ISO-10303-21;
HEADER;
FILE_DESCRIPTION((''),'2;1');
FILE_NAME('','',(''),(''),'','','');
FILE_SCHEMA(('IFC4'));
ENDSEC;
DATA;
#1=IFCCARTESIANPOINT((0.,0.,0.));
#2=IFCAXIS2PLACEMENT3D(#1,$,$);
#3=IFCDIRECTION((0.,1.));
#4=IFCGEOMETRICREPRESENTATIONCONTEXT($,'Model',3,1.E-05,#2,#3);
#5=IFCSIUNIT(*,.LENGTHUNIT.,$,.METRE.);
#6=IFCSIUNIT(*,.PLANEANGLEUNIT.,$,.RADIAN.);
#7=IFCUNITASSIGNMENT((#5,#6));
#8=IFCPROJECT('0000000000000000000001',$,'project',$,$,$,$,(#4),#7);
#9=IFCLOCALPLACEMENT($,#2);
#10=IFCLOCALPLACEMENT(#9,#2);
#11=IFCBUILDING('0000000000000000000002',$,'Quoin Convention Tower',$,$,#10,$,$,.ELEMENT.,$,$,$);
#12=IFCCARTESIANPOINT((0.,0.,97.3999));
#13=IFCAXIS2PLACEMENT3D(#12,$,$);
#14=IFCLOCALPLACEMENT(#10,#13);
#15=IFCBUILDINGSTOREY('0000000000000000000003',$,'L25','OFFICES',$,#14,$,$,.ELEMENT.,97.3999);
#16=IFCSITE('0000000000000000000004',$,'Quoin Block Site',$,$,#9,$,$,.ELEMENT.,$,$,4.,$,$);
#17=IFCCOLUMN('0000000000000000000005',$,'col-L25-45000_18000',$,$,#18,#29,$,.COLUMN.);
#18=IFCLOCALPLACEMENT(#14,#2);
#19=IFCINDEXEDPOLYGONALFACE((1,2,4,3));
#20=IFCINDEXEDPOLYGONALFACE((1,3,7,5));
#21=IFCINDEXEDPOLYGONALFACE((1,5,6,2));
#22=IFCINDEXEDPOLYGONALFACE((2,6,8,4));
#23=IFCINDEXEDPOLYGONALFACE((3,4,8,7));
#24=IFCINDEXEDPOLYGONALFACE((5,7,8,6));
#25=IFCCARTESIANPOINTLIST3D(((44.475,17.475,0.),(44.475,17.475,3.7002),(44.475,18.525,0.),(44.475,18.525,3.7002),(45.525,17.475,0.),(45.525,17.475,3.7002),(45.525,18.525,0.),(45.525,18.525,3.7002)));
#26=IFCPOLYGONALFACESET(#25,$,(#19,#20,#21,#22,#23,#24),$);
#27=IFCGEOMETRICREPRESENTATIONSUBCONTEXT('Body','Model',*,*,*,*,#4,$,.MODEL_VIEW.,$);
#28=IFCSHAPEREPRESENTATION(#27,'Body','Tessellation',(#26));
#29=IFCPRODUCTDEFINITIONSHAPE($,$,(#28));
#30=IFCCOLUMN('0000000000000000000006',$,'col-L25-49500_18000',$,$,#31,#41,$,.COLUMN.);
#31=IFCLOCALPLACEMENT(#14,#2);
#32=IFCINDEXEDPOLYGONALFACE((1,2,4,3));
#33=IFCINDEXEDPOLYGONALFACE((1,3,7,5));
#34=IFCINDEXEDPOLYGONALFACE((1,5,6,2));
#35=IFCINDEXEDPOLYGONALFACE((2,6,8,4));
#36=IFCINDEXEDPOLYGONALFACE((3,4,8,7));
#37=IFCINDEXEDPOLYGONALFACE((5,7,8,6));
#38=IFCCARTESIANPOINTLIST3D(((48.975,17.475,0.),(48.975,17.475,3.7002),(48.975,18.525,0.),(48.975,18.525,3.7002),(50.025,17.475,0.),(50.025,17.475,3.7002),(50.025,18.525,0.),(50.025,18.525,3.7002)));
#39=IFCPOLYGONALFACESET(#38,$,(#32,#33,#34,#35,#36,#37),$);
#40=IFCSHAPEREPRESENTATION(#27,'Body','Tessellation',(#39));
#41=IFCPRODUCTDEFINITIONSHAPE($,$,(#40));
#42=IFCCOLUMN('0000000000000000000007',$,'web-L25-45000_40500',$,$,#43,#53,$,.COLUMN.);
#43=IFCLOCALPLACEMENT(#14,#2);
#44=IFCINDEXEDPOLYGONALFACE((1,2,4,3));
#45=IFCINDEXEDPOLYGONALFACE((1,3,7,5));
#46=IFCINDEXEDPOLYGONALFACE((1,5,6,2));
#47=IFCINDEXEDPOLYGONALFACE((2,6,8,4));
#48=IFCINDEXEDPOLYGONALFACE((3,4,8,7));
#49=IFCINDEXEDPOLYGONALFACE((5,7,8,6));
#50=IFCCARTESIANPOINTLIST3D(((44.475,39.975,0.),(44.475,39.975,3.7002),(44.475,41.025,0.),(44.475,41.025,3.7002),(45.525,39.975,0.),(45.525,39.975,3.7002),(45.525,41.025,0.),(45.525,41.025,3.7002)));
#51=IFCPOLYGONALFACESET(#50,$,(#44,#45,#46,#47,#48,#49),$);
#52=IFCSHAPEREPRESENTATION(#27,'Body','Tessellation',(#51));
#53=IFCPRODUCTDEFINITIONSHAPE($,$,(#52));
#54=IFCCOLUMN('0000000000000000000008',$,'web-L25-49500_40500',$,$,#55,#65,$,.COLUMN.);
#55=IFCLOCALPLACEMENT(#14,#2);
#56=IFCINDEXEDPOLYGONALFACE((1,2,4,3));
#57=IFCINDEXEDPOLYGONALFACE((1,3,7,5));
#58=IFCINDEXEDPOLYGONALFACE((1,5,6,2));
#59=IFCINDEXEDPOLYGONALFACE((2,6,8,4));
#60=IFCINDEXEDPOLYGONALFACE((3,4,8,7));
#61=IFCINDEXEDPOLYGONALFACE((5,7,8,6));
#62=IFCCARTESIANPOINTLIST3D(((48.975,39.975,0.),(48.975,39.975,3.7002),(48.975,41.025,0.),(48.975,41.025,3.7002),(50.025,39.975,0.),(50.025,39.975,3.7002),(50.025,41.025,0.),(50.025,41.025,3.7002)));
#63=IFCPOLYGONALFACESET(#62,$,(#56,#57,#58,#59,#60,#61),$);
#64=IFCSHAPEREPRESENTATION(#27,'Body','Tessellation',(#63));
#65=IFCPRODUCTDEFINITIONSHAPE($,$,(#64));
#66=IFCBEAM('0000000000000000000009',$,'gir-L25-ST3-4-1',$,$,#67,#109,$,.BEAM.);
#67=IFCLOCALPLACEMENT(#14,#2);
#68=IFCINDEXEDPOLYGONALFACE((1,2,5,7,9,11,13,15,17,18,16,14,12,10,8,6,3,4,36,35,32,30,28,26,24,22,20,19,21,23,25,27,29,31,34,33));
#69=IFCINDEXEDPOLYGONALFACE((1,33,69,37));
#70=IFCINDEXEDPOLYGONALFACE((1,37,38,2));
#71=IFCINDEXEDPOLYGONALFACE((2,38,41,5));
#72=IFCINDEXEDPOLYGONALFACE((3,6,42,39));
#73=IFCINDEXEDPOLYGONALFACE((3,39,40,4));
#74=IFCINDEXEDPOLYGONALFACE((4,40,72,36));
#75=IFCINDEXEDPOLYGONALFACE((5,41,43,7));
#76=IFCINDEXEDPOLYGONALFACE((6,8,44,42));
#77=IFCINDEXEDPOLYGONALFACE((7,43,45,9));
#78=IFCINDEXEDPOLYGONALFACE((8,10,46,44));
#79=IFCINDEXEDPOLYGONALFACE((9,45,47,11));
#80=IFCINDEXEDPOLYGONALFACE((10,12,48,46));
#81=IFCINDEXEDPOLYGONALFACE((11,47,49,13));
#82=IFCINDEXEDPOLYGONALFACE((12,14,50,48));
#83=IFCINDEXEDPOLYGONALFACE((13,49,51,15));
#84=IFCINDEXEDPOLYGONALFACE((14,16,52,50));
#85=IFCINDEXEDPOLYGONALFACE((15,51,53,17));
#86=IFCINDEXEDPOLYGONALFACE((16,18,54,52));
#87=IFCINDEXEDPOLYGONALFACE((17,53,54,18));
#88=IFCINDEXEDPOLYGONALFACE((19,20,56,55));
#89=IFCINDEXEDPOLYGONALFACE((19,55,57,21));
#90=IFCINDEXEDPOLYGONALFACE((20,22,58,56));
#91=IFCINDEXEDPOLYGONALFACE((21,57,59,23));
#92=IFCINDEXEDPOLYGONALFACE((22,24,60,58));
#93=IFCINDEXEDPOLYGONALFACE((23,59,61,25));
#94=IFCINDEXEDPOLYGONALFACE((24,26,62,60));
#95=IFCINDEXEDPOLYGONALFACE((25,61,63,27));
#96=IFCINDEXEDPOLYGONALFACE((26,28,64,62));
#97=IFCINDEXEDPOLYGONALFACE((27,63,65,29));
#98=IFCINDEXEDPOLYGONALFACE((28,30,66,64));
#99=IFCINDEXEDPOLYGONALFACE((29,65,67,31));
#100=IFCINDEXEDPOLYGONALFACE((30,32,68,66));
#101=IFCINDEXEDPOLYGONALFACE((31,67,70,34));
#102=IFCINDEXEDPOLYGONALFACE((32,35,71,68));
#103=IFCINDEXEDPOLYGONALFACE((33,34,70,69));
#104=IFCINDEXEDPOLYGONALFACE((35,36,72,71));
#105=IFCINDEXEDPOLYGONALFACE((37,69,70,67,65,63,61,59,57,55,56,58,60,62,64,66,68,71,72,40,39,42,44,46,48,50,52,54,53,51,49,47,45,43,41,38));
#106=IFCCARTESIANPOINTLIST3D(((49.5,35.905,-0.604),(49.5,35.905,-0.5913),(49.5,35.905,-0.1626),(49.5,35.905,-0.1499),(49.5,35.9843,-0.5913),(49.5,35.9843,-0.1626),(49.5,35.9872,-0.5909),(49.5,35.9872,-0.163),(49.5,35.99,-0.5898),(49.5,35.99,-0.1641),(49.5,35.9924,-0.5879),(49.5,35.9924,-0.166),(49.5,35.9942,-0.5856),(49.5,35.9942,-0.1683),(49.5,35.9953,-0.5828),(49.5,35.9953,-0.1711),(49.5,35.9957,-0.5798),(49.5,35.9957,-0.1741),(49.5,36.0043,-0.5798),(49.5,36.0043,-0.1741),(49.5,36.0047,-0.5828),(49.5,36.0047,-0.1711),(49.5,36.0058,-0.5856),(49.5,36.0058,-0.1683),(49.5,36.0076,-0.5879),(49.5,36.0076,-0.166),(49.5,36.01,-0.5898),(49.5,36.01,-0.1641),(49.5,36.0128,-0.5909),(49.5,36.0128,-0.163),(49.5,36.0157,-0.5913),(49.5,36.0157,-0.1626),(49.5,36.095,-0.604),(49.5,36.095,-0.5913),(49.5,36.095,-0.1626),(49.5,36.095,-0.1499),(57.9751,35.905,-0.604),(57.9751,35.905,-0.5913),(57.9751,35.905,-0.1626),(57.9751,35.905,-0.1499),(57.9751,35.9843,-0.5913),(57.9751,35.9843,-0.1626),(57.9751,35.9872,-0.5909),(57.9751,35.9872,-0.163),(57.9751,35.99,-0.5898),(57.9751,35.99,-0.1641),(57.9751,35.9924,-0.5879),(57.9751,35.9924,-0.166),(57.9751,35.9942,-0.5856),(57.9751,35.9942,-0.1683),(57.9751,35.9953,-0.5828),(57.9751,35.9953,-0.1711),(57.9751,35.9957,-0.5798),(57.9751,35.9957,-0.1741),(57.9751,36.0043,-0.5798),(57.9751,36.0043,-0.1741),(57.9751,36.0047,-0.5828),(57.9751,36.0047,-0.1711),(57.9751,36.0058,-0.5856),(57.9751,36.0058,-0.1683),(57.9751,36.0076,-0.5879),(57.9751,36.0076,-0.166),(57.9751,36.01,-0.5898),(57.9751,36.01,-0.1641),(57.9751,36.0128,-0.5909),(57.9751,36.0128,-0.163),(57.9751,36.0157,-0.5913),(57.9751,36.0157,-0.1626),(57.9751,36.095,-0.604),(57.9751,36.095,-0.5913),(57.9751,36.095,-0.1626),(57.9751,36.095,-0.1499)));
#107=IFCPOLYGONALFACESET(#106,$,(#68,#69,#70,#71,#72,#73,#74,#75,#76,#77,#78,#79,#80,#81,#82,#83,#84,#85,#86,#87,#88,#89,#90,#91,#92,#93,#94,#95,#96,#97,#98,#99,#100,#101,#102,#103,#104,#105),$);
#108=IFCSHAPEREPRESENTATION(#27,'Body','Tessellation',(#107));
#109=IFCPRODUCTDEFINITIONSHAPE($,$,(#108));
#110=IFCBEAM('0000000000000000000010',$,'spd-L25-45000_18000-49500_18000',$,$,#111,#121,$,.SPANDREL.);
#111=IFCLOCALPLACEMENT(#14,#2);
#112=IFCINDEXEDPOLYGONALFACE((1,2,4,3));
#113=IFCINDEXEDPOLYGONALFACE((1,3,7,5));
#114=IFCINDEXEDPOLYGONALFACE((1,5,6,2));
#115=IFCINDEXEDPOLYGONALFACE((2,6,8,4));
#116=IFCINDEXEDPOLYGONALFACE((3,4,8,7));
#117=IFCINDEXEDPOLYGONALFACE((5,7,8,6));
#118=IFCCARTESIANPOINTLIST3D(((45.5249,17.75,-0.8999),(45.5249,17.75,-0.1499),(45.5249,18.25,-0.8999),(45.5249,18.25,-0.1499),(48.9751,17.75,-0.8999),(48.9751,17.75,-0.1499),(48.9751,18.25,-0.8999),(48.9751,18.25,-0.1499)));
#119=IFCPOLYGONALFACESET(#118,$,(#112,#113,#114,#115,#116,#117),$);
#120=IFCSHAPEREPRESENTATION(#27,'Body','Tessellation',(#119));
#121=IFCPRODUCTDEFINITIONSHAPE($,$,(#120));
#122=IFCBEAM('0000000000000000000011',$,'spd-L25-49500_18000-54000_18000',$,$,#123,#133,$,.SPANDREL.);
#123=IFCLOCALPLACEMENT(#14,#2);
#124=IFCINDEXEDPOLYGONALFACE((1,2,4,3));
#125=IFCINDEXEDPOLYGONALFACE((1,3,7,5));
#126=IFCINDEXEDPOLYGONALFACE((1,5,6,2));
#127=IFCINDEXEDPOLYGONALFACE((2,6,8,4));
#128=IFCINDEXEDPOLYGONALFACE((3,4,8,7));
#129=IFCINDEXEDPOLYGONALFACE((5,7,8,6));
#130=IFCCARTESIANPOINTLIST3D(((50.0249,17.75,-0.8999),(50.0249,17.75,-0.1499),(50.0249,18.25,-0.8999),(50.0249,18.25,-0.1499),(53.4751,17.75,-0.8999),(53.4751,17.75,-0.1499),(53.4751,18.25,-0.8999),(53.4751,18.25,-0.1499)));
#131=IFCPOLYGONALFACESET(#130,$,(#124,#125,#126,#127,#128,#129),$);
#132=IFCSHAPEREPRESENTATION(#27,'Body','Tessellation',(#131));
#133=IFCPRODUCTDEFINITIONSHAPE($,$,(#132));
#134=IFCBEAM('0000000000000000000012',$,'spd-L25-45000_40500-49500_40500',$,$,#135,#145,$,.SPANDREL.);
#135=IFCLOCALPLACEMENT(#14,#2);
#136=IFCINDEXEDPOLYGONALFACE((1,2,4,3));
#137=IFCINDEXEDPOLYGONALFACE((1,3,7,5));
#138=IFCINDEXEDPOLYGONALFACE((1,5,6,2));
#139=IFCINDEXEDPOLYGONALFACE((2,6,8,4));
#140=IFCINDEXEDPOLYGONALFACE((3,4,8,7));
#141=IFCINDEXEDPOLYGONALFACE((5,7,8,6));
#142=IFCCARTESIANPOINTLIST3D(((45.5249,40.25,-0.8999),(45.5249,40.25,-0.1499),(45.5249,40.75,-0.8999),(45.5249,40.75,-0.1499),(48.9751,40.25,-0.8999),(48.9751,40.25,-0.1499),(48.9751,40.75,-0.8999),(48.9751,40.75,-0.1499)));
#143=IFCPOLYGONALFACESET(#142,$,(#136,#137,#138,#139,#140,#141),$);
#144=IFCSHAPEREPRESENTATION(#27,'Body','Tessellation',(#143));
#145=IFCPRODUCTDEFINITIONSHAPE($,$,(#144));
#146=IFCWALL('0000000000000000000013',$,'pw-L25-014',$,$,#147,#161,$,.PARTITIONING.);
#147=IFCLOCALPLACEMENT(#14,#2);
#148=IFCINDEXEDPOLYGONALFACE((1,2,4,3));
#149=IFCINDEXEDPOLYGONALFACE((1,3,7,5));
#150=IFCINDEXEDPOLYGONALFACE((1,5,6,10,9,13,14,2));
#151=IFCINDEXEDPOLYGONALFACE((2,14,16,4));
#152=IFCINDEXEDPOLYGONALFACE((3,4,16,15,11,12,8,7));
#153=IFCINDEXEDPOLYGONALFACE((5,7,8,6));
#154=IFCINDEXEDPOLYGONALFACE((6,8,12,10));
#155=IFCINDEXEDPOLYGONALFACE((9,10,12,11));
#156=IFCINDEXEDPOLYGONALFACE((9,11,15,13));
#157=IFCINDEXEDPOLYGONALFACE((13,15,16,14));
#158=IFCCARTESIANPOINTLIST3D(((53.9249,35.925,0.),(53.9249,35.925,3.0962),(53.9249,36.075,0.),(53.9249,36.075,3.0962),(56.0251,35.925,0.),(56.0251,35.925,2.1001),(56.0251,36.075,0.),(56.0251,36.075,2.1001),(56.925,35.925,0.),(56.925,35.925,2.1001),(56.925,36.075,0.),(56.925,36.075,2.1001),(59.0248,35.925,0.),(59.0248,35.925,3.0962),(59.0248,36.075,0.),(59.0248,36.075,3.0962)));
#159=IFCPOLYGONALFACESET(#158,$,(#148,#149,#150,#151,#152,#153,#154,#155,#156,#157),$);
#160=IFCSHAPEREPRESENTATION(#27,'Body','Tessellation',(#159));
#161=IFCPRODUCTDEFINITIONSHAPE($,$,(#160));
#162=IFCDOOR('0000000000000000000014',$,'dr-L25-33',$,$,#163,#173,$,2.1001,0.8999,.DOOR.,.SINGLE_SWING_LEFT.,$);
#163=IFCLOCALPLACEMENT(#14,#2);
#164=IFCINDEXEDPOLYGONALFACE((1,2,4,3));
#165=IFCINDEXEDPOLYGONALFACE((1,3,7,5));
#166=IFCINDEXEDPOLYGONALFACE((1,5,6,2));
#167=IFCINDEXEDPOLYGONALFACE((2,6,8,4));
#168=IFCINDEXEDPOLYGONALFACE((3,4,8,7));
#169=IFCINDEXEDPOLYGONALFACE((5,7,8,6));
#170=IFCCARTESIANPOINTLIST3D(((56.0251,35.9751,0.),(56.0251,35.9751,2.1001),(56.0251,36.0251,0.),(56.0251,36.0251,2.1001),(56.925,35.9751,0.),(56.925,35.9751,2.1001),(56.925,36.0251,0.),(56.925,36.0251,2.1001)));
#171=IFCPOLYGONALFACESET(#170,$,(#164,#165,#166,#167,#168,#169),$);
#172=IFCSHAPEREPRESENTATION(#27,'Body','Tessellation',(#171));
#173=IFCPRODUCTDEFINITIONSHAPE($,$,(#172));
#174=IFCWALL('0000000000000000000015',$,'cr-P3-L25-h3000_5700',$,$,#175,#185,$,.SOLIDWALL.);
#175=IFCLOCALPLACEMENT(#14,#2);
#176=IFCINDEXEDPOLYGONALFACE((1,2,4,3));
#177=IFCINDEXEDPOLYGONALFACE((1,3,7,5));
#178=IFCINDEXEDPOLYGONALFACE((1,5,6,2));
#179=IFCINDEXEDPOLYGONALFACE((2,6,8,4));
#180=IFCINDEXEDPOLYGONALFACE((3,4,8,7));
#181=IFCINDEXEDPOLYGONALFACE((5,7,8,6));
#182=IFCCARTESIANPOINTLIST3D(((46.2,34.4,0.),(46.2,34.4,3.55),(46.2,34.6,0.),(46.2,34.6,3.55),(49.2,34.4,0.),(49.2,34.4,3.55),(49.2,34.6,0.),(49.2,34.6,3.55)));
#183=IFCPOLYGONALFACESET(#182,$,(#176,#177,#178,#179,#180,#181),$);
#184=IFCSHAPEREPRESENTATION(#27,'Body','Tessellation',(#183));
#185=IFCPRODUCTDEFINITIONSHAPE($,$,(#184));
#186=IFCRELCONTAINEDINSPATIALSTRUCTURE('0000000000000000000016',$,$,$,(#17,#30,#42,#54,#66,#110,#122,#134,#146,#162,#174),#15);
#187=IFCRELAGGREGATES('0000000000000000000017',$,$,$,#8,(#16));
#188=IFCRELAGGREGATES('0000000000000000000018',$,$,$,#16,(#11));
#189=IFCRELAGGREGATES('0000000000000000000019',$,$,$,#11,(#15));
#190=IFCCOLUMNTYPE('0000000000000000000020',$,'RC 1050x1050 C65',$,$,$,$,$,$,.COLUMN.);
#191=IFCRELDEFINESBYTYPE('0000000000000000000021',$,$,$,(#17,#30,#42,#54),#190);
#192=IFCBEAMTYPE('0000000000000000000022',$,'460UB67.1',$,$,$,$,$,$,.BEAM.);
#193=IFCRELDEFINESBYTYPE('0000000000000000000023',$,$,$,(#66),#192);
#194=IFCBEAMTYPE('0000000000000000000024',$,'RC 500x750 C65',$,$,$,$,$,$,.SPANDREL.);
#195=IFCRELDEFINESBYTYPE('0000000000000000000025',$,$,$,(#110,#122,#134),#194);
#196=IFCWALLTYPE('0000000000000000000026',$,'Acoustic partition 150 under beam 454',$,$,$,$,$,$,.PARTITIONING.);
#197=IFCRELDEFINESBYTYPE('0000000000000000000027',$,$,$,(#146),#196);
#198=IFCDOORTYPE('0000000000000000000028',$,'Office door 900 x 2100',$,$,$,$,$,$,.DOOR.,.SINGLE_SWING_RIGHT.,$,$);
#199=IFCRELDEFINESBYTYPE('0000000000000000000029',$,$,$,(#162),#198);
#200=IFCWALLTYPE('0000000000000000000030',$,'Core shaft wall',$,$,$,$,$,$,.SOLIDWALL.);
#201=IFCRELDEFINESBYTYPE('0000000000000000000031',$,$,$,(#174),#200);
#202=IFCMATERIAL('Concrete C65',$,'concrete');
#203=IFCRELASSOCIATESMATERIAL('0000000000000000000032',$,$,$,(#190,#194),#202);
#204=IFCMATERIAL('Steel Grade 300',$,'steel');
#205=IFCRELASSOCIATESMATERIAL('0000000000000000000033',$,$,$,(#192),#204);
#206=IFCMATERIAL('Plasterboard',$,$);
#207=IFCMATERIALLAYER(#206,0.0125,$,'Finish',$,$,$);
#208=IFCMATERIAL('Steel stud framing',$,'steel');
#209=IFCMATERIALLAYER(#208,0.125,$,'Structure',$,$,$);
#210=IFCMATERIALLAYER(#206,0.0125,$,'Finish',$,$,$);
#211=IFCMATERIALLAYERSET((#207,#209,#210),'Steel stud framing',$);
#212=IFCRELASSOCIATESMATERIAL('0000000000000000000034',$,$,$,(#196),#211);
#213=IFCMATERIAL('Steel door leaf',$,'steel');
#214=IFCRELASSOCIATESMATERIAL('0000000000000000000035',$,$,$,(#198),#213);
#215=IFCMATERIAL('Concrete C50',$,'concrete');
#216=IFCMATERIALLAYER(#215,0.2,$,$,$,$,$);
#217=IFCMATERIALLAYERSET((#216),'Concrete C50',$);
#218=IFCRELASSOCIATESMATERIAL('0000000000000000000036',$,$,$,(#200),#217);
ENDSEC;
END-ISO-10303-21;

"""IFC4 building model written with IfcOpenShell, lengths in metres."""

from ifc_helpers import new_model, si_unit, direction, frame, frame_2d, origin, origin_2d, place, context, subcontext, project, spatial, rectangle, i_section, extrude, material, layer, layer_set, material_profile, profile_set, type_object, element, fill, save


model = new_model("IFC4")

# Units and contexts
model_context = context("Model", 3, precision=1e-05, world=origin(), true_north=direction((0.0, 1.0)))
body_context = subcontext(model_context, "Body", "Model", "MODEL_VIEW")
ifc_project = project(units=[si_unit("LENGTHUNIT", "METRE"), si_unit("PLANEANGLEUNIT", "RADIAN")], contexts=[model_context])

# Site, building, storey
site_placement = place(None, origin())
site = spatial("IfcSite", under=ifc_project, at=site_placement, Name="Quoin Block Site", CompositionType="ELEMENT", RefElevation=4.0)
building_placement = place(site_placement, origin())
building = spatial("IfcBuilding", under=site, at=building_placement, Name="Quoin Convention Tower", CompositionType="ELEMENT")
storey_placement = place(building_placement, frame((0.0, 0.0, 97.3999)))
storey = spatial("IfcBuildingStorey", under=building, at=storey_placement, Name="L25", Description="OFFICES", CompositionType="ELEMENT", Elevation=97.3999)

# Columns
ifc_material_1 = material(Name="Concrete C65", Category="concrete")
ifc_material_profile_1 = material_profile(ifc_material_1, rectangle(XDim=1.05, YDim=1.05, at=origin_2d()), Name="RC 1050x1050")
ifc_profile_set_1 = profile_set([ifc_material_profile_1], Name="Concrete C65")
column_type = type_object("IfcColumnType", Name="RC 1050x1050 C65", PredefinedType="COLUMN", material=ifc_profile_set_1)
for number, where, z_axis, x_axis, name in (
    (1, (45.0, 18.0, 0.0), (0.0, 0.0, 1.0), (1.0, 0.0, 0.0), "col-L25-45000_18000"),
    (2, (49.5, 18.0, 0.0), (0.0, 0.0, 1.0), (1.0, 0.0, 0.0), "col-L25-49500_18000"),
    (3, (45.0, 40.5, 0.0), (0.0, 0.0, 1.0), (1.0, 0.0, 0.0), "web-L25-45000_40500"),
    (4, (49.5, 40.5, 0.0), (0.0, 0.0, 1.0), (1.0, 0.0, 0.0), "web-L25-49500_40500"),
):
    element("IfcColumn", number, at=place(storey_placement, frame(where, z_axis=z_axis, x_axis=x_axis)), inside=storey, type_object=column_type, Name=name, PredefinedType="COLUMN", context=body_context, shape_type="SweptSolid", body=[
        extrude(rectangle(XDim=1.05, YDim=1.05, at=origin_2d()), origin(), (0.0, 0.0, 1.0), 3.7002),
    ])

# Beams
ifc_material_2 = material(Name="Steel Grade 300", Category="steel")
ifc_material_profile_2 = material_profile(ifc_material_2, i_section(OverallWidth=0.1899, OverallDepth=0.4541, WebThickness=0.0085, FlangeThickness=0.0127, FilletRadius=0.0115, at=origin_2d()), Name="460UB67.1")
ifc_profile_set_2 = profile_set([ifc_material_profile_2], Name="Steel Grade 300")
beam_type_1 = type_object("IfcBeamType", Name="460UB67.1", PredefinedType="BEAM", material=ifc_profile_set_2)
beam_placement = place(storey_placement, frame((49.5, 36.0, -0.377), z_axis=(1.0, 0.0, 0.0), x_axis=(0.0, 1.0, 0.0)))
element("IfcBeam", 5, at=beam_placement, inside=storey, type_object=beam_type_1, Name="gir-L25-ST3-4-1", PredefinedType="BEAM", context=body_context, shape_type="SweptSolid", body=[
    extrude(i_section(OverallWidth=0.1899, OverallDepth=0.4541, WebThickness=0.0085, FlangeThickness=0.0127, FilletRadius=0.0115, at=origin_2d()), origin(), (0.0, 0.0, 1.0), 8.4751),
])
ifc_material_profile_3 = material_profile(ifc_material_1, rectangle(XDim=0.5, YDim=0.75, at=origin_2d()), Name="RC 500x750")
ifc_profile_set_3 = profile_set([ifc_material_profile_3], Name="Concrete C65")
beam_type_2 = type_object("IfcBeamType", Name="RC 500x750 C65", PredefinedType="SPANDREL", material=ifc_profile_set_3)
for number, where, z_axis, x_axis, name in (
    (6, (45.5249, 18.0, -0.5249), (1.0, 0.0, 0.0), (0.0, 1.0, 0.0), "spd-L25-45000_18000-49500_18000"),
    (7, (50.0249, 18.0, -0.5249), (1.0, 0.0, 0.0), (0.0, 1.0, 0.0), "spd-L25-49500_18000-54000_18000"),
    (8, (45.5249, 40.5, -0.5249), (1.0, 0.0, 0.0), (0.0, 1.0, 0.0), "spd-L25-45000_40500-49500_40500"),
):
    element("IfcBeam", number, at=place(storey_placement, frame(where, z_axis=z_axis, x_axis=x_axis)), inside=storey, type_object=beam_type_2, Name=name, PredefinedType="SPANDREL", context=body_context, shape_type="SweptSolid", body=[
        extrude(rectangle(XDim=0.5, YDim=0.75, at=origin_2d()), origin(), (0.0, 0.0, 1.0), 3.4502),
    ])

# Wall, opening, door
ifc_material_3 = material(Name="Plasterboard")
ifc_layer_1 = layer(ifc_material_3, 0.0125, Name="Finish")
ifc_material_4 = material(Name="Steel stud framing", Category="steel")
ifc_layer_2 = layer(ifc_material_4, 0.125, Name="Structure")
ifc_layer_3 = layer(ifc_material_3, 0.0125, Name="Finish")
ifc_layer_set_1 = layer_set([ifc_layer_1, ifc_layer_2, ifc_layer_3], Name="Steel stud framing")
wall_type_1 = type_object("IfcWallType", Name="Acoustic partition 150 under beam 454", PredefinedType="PARTITIONING", material=ifc_layer_set_1)
wall_1_placement = place(storey_placement, frame((53.925, 36.0, 0.0), z_axis=(0.0, 0.0, 1.0), x_axis=(1.0, 0.0, 0.0)))
wall_1 = element("IfcWall", 9, at=wall_1_placement, inside=storey, type_object=wall_type_1, Name="pw-L25-014", PredefinedType="PARTITIONING", context=body_context, shape_type="SweptSolid", body=[
    extrude(rectangle(XDim=5.0999, YDim=0.1499, at=frame_2d((2.5498, 0.0))), origin(), (0.0, 0.0, 1.0), 3.0962),
])
opening_1_placement = place(wall_1_placement, frame((2.1001, 0.0, 0.0)))
opening_1 = element("IfcOpeningElement", 10, at=opening_1_placement, cuts=wall_1, PredefinedType="OPENING", context=body_context, shape_type="SweptSolid", body=[
    extrude(rectangle(XDim=0.8999, YDim=2.1001, at=frame_2d((0.45, 1.05))), frame((0.0, 0.085, 0.0), z_axis=(0.0, -1.0, 0.0), x_axis=(1.0, 0.0, 0.0)), (0.0, 0.0, 1.0), 0.1699),
])
ifc_material_5 = material(Name="Steel door leaf", Category="steel")
door_type_1 = type_object("IfcDoorType", Name="Office door 900 x 2100", OperationType="SINGLE_SWING_RIGHT", PredefinedType="DOOR", material=ifc_material_5)
door_1_placement = place(opening_1_placement, frame((0.8999, 0.0, 0.0), z_axis=(0.0, 0.0, 1.0), x_axis=(-1.0, 0.0, 0.0)))
door_1 = element("IfcDoor", 11, at=door_1_placement, inside=storey, type_object=door_type_1, Name="dr-L25-33", OperationType="SINGLE_SWING_LEFT", OverallHeight=2.1001, OverallWidth=0.8999, PredefinedType="DOOR", context=body_context, shape_type="SweptSolid", body=[
    extrude(rectangle(XDim=0.8999, YDim=2.1001, at=frame_2d((0.45, 1.05))), frame((0.0, 0.0249, 0.0), z_axis=(0.0, -1.0, 0.0), x_axis=(1.0, 0.0, 0.0)), (0.0, 0.0, 1.0), 0.05),
])
fill(opening_1, door_1)

# Wall
ifc_material_6 = material(Name="Concrete C50", Category="concrete")
ifc_layer_4 = layer(ifc_material_6, 0.2)
ifc_layer_set_2 = layer_set([ifc_layer_4], Name="Concrete C50")
wall_type_2 = type_object("IfcWallType", Name="Core shaft wall", PredefinedType="SOLIDWALL", material=ifc_layer_set_2)
wall_2_placement = place(storey_placement, frame((46.2, 34.5, 0.0), z_axis=(0.0, 0.0, 1.0), x_axis=(1.0, 0.0, 0.0)))
element("IfcWall", 12, at=wall_2_placement, inside=storey, type_object=wall_type_2, Name="cr-P3-L25-h3000_5700", PredefinedType="SOLIDWALL", context=body_context, shape_type="SweptSolid", body=[
    extrude(rectangle(XDim=3.0, YDim=0.2, at=frame_2d((1.5, 0.0))), origin(), (0.0, 0.0, 1.0), 3.55),
])

save(model, "model.ifc")
